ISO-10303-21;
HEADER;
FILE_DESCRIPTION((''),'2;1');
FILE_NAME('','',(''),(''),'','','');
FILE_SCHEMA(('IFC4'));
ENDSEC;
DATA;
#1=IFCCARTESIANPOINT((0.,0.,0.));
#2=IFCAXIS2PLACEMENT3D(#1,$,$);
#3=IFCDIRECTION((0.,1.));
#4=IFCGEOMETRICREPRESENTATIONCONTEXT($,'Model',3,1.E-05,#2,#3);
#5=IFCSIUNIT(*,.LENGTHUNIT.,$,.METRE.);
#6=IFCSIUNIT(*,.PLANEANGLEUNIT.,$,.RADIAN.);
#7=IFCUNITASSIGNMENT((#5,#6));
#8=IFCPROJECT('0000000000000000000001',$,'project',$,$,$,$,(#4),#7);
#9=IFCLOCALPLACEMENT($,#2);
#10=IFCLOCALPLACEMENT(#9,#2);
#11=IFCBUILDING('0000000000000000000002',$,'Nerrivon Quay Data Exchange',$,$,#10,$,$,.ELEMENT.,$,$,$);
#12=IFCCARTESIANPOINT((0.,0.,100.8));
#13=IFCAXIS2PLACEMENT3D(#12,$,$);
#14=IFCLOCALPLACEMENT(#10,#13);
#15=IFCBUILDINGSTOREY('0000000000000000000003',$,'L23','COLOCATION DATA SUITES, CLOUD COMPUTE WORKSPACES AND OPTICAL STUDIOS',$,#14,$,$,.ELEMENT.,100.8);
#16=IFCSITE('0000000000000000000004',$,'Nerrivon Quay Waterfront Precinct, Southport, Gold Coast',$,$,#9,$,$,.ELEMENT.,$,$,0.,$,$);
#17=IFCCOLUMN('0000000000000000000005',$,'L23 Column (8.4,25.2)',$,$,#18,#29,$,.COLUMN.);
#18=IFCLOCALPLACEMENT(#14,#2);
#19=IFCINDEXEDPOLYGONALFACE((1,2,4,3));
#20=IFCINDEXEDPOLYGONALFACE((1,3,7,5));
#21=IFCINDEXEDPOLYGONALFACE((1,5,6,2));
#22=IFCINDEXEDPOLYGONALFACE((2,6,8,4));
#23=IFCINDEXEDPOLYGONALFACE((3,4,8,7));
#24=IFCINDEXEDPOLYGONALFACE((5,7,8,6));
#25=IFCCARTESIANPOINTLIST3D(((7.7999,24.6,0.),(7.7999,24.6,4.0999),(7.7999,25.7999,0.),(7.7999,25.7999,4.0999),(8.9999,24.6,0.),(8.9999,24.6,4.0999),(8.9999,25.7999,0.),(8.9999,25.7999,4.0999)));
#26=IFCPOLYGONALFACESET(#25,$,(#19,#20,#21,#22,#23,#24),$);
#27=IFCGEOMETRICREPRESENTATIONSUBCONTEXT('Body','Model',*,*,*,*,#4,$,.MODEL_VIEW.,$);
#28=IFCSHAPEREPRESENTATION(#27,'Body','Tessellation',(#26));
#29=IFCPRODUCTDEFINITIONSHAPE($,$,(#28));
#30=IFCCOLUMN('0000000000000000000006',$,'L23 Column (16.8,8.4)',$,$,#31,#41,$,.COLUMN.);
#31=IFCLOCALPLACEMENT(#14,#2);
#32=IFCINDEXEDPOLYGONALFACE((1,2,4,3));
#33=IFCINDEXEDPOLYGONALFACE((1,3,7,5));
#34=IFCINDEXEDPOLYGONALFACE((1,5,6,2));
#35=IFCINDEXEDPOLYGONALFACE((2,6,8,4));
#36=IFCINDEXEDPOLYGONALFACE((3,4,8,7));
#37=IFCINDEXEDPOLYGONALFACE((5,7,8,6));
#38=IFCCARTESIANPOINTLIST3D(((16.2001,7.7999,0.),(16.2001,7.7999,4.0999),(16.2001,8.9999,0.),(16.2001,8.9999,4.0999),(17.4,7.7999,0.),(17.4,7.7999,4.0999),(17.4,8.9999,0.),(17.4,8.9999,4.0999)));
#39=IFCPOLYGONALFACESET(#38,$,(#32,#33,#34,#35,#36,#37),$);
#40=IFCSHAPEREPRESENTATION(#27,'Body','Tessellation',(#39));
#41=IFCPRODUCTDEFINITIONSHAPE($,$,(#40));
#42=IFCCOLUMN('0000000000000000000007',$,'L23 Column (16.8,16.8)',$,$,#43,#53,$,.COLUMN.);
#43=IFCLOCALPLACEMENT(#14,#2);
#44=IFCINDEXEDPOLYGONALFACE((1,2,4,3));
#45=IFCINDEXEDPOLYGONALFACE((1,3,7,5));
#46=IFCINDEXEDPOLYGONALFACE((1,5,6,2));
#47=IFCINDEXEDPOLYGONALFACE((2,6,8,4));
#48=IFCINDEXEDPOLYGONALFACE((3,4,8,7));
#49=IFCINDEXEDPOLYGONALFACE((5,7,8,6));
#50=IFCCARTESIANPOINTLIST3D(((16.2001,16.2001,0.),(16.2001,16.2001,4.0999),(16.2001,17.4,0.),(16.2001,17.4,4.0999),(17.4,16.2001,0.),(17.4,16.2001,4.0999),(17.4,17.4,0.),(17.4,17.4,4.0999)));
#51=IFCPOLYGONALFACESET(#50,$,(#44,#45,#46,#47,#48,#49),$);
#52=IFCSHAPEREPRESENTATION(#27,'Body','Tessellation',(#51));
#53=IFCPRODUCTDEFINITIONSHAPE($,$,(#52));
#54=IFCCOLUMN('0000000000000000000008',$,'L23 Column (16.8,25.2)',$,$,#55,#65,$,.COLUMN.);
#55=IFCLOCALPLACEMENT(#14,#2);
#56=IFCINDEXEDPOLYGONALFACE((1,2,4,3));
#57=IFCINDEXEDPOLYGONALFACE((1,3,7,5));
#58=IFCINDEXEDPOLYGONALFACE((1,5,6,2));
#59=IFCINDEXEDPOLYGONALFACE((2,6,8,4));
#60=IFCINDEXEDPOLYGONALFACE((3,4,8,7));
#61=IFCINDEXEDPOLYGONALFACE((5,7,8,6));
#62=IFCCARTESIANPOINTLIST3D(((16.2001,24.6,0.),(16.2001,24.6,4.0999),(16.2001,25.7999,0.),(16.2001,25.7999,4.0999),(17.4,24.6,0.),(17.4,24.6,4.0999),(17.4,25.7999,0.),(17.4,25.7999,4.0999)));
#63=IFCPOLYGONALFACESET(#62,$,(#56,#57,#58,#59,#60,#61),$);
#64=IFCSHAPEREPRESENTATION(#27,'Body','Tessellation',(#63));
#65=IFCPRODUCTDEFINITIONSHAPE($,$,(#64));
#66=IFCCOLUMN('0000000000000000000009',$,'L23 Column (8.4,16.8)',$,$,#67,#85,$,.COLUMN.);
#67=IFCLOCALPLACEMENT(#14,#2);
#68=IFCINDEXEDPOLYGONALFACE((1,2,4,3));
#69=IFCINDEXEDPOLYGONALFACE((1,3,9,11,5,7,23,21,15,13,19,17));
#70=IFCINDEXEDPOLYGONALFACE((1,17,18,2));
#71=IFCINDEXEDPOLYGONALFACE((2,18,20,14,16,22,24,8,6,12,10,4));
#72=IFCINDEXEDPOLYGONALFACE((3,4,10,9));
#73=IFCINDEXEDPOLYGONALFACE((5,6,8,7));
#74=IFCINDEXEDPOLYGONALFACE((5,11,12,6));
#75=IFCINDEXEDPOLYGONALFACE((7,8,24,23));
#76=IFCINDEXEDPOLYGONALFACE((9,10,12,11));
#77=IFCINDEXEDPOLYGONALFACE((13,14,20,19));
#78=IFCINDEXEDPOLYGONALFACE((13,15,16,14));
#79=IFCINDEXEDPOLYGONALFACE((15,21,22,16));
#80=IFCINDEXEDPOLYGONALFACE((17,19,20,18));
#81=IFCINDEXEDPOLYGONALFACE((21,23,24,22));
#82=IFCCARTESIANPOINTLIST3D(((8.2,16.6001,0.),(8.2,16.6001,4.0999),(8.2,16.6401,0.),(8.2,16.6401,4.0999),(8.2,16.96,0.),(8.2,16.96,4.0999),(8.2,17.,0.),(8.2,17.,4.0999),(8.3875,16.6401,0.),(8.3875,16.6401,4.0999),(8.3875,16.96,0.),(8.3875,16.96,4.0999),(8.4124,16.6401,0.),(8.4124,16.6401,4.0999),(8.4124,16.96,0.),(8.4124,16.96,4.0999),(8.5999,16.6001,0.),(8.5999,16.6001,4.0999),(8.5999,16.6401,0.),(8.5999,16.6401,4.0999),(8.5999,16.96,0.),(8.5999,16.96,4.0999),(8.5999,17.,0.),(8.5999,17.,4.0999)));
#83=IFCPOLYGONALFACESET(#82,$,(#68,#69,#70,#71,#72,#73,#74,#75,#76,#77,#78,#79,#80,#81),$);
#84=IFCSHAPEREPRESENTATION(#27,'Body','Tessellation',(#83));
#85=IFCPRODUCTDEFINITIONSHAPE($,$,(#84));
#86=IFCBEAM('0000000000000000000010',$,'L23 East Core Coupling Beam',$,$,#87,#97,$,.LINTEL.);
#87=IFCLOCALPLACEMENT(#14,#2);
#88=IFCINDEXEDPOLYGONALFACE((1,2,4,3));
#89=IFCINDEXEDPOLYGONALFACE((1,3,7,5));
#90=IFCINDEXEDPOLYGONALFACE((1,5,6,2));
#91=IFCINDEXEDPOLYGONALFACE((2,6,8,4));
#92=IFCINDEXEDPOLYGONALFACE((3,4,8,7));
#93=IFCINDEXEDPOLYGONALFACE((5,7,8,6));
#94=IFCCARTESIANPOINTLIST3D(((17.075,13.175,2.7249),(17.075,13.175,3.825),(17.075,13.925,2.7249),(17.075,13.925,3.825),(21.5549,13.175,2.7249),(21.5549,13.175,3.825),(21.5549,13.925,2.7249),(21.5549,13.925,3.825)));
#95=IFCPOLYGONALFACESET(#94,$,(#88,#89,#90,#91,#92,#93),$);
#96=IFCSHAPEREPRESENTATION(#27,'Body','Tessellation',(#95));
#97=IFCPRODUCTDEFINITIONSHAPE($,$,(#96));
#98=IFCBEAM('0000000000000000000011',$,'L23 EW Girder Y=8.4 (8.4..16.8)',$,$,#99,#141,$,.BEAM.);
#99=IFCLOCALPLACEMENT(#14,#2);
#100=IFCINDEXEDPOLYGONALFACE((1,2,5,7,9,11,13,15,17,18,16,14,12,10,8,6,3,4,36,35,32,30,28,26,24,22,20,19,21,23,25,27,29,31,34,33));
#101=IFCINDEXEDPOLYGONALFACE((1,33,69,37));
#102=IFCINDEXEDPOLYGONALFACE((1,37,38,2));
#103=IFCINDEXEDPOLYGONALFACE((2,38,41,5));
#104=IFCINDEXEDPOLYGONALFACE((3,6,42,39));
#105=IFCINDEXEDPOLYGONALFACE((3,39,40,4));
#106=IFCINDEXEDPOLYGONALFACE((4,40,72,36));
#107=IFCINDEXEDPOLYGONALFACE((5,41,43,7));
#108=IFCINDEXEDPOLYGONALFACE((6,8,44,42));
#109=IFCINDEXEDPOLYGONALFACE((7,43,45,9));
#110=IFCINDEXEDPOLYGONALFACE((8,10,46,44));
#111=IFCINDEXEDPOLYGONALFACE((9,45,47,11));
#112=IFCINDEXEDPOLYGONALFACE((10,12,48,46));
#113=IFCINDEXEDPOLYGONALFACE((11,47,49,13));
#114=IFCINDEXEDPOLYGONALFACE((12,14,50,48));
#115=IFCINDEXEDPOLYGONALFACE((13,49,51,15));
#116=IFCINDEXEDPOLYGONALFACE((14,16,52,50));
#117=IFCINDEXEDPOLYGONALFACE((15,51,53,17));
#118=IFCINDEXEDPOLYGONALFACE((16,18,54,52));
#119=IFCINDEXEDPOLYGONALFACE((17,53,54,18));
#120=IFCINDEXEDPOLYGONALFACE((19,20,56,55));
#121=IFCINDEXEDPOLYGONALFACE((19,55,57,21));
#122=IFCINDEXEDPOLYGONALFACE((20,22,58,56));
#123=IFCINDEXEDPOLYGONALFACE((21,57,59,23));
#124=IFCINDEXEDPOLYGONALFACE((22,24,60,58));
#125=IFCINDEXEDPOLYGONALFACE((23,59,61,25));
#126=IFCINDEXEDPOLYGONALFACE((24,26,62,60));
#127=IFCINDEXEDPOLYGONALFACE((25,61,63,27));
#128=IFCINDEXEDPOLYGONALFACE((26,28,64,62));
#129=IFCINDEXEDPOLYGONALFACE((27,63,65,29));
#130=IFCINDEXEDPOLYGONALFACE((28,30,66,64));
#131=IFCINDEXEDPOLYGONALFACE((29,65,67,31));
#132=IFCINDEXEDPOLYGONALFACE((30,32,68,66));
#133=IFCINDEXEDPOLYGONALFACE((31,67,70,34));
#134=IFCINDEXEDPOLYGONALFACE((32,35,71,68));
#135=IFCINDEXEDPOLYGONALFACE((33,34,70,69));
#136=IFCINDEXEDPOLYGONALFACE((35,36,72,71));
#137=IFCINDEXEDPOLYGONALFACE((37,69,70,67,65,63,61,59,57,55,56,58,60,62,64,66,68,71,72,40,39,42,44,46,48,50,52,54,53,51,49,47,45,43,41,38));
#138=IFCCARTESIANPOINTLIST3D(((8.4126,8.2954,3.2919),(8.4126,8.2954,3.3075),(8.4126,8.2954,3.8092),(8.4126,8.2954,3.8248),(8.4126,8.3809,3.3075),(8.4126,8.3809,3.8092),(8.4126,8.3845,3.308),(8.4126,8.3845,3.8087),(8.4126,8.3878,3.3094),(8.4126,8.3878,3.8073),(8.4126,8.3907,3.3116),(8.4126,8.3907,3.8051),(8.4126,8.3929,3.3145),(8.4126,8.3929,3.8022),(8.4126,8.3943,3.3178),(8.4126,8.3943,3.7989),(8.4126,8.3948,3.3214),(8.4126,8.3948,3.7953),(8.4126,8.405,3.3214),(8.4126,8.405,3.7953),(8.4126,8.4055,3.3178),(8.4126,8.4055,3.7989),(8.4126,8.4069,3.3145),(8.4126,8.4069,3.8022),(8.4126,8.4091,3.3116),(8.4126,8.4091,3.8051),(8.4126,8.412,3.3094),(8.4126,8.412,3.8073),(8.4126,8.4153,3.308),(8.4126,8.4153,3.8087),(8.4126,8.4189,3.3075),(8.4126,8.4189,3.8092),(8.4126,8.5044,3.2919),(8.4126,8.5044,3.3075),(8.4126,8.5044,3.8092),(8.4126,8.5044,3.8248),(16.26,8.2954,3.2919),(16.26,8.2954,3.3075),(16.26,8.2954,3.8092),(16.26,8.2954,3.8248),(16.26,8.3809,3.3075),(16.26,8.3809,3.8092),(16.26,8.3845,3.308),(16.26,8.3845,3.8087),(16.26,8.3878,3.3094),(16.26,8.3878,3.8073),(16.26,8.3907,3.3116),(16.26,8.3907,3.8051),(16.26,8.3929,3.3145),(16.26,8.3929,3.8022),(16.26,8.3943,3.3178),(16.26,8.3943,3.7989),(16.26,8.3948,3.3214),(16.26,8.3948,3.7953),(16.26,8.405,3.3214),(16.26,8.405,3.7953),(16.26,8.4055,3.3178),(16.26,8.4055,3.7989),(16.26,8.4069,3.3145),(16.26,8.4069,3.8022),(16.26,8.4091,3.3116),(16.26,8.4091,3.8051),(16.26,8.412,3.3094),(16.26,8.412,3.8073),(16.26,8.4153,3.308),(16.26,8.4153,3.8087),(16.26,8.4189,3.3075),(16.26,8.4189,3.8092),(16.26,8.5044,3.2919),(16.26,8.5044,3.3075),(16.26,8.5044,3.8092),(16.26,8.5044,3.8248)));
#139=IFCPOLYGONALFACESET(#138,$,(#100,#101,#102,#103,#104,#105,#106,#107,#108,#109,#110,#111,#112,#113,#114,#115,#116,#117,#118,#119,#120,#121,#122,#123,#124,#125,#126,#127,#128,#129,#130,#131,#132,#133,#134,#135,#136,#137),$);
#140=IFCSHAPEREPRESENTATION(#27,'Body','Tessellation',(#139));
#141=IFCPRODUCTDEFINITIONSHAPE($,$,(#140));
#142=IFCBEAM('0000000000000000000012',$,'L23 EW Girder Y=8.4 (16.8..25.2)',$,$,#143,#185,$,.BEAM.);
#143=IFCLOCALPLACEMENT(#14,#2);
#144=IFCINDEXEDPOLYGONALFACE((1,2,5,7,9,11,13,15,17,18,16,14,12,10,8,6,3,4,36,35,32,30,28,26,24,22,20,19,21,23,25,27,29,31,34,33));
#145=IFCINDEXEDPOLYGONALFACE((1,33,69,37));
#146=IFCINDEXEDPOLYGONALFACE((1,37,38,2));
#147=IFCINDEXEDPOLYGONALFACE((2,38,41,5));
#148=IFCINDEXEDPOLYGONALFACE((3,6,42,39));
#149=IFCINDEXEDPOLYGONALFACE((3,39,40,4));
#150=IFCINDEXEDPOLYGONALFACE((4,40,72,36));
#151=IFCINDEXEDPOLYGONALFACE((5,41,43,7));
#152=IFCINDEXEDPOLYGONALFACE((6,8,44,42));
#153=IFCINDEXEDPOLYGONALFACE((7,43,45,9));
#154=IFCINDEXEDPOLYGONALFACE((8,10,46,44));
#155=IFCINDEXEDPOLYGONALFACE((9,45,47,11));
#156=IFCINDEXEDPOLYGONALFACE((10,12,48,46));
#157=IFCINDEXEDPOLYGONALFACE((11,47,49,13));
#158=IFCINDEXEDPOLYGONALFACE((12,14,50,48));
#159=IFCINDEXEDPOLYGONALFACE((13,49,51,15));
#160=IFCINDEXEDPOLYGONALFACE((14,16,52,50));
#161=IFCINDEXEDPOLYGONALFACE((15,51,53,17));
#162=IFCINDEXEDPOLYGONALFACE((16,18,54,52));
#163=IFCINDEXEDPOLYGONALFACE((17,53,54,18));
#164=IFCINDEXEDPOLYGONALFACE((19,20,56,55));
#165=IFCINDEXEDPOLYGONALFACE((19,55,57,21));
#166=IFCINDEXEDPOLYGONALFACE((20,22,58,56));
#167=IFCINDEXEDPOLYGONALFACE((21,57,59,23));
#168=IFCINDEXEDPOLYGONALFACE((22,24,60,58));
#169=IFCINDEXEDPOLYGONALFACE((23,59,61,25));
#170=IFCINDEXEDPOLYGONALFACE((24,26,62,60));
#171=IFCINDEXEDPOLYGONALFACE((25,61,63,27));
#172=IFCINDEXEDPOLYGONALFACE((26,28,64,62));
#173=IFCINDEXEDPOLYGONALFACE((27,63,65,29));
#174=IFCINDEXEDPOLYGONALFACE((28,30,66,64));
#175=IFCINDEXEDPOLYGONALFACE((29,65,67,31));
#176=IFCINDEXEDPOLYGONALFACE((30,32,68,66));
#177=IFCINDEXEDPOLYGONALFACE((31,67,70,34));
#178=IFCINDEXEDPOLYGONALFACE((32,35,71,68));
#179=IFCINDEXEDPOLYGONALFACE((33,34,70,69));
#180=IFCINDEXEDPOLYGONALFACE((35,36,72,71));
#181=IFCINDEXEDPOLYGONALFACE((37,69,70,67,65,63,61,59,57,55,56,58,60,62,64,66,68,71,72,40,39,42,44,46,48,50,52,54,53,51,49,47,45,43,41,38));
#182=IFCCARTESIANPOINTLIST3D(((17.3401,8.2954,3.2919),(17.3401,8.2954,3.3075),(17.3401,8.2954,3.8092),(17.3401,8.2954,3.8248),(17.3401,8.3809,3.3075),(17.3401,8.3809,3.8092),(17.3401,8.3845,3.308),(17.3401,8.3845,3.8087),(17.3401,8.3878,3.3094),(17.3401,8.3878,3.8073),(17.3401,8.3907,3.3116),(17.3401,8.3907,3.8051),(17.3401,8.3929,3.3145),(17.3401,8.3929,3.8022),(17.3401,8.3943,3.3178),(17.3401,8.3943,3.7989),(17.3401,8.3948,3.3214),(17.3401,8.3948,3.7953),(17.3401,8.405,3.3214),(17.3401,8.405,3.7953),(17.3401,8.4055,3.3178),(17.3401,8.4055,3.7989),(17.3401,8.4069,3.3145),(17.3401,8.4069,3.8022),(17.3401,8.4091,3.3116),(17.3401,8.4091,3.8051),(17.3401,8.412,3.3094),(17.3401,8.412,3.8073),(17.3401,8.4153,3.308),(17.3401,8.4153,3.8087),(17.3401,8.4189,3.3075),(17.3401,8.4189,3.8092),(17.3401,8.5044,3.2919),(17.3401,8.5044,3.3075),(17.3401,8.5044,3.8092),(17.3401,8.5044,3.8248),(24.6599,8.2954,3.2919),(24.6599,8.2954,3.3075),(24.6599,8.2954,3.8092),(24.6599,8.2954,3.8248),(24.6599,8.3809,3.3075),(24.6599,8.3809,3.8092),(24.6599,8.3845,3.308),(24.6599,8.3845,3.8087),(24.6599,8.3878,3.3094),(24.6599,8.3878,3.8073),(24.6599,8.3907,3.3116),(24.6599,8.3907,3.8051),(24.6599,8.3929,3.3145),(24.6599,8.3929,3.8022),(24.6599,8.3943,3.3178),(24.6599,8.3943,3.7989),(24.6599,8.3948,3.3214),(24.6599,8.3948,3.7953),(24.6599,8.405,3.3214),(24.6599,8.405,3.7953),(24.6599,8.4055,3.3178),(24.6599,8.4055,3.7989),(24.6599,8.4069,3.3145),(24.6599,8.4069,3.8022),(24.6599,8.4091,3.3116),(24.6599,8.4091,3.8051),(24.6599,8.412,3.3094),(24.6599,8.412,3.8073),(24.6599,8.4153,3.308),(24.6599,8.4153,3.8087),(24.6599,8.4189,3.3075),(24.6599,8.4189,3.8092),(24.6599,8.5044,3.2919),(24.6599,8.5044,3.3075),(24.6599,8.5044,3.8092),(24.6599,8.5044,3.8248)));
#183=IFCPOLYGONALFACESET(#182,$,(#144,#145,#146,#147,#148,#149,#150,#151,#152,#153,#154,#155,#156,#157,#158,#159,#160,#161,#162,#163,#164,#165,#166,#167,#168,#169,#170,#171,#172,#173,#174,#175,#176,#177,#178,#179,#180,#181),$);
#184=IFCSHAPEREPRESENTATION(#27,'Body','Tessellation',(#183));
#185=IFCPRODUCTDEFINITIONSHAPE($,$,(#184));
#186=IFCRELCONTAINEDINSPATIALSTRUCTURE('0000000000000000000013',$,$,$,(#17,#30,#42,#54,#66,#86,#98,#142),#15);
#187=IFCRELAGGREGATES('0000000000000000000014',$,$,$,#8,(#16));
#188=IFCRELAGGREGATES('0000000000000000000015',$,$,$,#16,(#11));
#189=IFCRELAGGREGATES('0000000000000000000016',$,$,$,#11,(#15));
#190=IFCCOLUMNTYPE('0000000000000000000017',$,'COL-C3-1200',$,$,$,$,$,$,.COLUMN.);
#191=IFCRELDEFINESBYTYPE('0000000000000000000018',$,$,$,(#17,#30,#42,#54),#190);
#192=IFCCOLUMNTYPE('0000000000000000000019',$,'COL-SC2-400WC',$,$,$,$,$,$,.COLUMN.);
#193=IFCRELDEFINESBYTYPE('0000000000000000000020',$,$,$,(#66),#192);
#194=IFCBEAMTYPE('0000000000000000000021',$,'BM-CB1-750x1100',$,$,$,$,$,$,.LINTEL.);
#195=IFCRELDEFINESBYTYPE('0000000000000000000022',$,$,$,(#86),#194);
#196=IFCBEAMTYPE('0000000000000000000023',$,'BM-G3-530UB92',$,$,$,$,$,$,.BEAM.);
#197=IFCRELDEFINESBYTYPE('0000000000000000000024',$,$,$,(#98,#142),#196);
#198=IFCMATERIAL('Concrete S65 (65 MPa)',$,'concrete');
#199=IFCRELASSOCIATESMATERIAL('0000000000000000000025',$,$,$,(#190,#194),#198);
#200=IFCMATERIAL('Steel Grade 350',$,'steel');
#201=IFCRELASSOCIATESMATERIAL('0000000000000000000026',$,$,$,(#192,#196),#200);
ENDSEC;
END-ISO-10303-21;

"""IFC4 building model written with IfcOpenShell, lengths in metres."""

from ifc_helpers import new_model, si_unit, direction, frame, origin, origin_2d, place, context, subcontext, project, spatial, rectangle, i_section, extrude, material, material_profile, profile_set, type_object, element, save


model = new_model("IFC4")

# Units and contexts
model_context = context("Model", 3, precision=1e-05, world=origin(), true_north=direction((0.0, 1.0)))
body_context = subcontext(model_context, "Body", "Model", "MODEL_VIEW")
ifc_project = project(units=[si_unit("LENGTHUNIT", "METRE"), si_unit("PLANEANGLEUNIT", "RADIAN")], contexts=[model_context])

# Site, building, storey
site_placement = place(None, origin())
site = spatial("IfcSite", under=ifc_project, at=site_placement, Name="Nerrivon Quay Waterfront Precinct, Southport, Gold Coast", CompositionType="ELEMENT", RefElevation=0.0)
building_placement = place(site_placement, origin())
building = spatial("IfcBuilding", under=site, at=building_placement, Name="Nerrivon Quay Data Exchange", CompositionType="ELEMENT")
storey_placement = place(building_placement, frame((0.0, 0.0, 100.8)))
storey = spatial("IfcBuildingStorey", under=building, at=storey_placement, Name="L23", Description="COLOCATION DATA SUITES, CLOUD COMPUTE WORKSPACES AND OPTICAL STUDIOS", CompositionType="ELEMENT", Elevation=100.8)

# Columns
ifc_material_1 = material(Name="Concrete S65 (65 MPa)", Category="concrete")
ifc_material_profile_1 = material_profile(ifc_material_1, rectangle(XDim=1.2, YDim=1.2, at=origin_2d()), Name="RC-COL-1200x1200")
ifc_profile_set_1 = profile_set([ifc_material_profile_1], Name="Concrete S65 (65 MPa)")
column_type_1 = type_object("IfcColumnType", Name="COL-C3-1200", PredefinedType="COLUMN", material=ifc_profile_set_1)
for number, where, z_axis, x_axis, name in (
    (1, (8.3999, 25.2, 0.0), (0.0, 0.0, 1.0), (1.0, 0.0, 0.0), "L23 Column (8.4,25.2)"),
    (2, (16.8, 8.3999, 0.0), (0.0, 0.0, 1.0), (1.0, 0.0, 0.0), "L23 Column (16.8,8.4)"),
    (3, (16.8, 16.8, 0.0), (0.0, 0.0, 1.0), (1.0, 0.0, 0.0), "L23 Column (16.8,16.8)"),
    (4, (16.8, 25.2, 0.0), (0.0, 0.0, 1.0), (1.0, 0.0, 0.0), "L23 Column (16.8,25.2)"),
):
    element("IfcColumn", number, at=place(storey_placement, frame(where, z_axis=z_axis, x_axis=x_axis)), inside=storey, type_object=column_type_1, Name=name, PredefinedType="COLUMN", context=body_context, shape_type="SweptSolid", body=[
        extrude(rectangle(XDim=1.2, YDim=1.2, at=origin_2d()), origin(), (0.0, 0.0, 1.0), 4.0999),
    ])
ifc_material_2 = material(Name="Steel Grade 350", Category="steel")
ifc_material_profile_2 = material_profile(ifc_material_2, i_section(OverallWidth=0.3999, OverallDepth=0.3999, WebThickness=0.0249, FlangeThickness=0.04, at=origin_2d()), Name="400WC328")
ifc_profile_set_2 = profile_set([ifc_material_profile_2], Name="Steel Grade 350")
column_type_2 = type_object("IfcColumnType", Name="COL-SC2-400WC", PredefinedType="COLUMN", material=ifc_profile_set_2)
column_placement = place(storey_placement, frame((8.3999, 16.8, 0.0), z_axis=(0.0, 0.0, 1.0), x_axis=(1.0, 0.0, 0.0)))
element("IfcColumn", 5, at=column_placement, inside=storey, type_object=column_type_2, Name="L23 Column (8.4,16.8)", PredefinedType="COLUMN", context=body_context, shape_type="SweptSolid", body=[
    extrude(i_section(OverallWidth=0.3999, OverallDepth=0.3999, WebThickness=0.0249, FlangeThickness=0.04, at=origin_2d()), origin(), (0.0, 0.0, 1.0), 4.0999),
])

# Beams
ifc_material_profile_3 = material_profile(ifc_material_1, rectangle(XDim=0.75, YDim=1.1001, at=origin_2d()), Name="RC-CB-750x1100")
ifc_profile_set_3 = profile_set([ifc_material_profile_3], Name="Concrete S65 (65 MPa)")
beam_type_1 = type_object("IfcBeamType", Name="BM-CB1-750x1100", PredefinedType="LINTEL", material=ifc_profile_set_3)
beam_1_placement = place(storey_placement, frame((17.075, 13.55, 3.2749), z_axis=(1.0, 0.0, 0.0), x_axis=(0.0, 1.0, 0.0)))
element("IfcBeam", 6, at=beam_1_placement, inside=storey, type_object=beam_type_1, Name="L23 East Core Coupling Beam", PredefinedType="LINTEL", context=body_context, shape_type="SweptSolid", body=[
    extrude(rectangle(XDim=0.75, YDim=1.1001, at=origin_2d()), origin(), (0.0, 0.0, 1.0), 4.48),
])
ifc_material_profile_4 = material_profile(ifc_material_2, i_section(OverallWidth=0.209, OverallDepth=0.533, WebThickness=0.0103, FlangeThickness=0.0156, FilletRadius=0.0139, at=origin_2d()), Name="530UB92.4")
ifc_profile_set_4 = profile_set([ifc_material_profile_4], Name="Steel Grade 350")
beam_type_2 = type_object("IfcBeamType", Name="BM-G3-530UB92", PredefinedType="BEAM", material=ifc_profile_set_4)
beam_2_placement = place(storey_placement, frame((8.4126, 8.3999, 3.5583), z_axis=(1.0, 0.0, 0.0), x_axis=(0.0, 1.0, 0.0)))
element("IfcBeam", 7, at=beam_2_placement, inside=storey, type_object=beam_type_2, Name="L23 EW Girder Y=8.4 (8.4..16.8)", PredefinedType="BEAM", context=body_context, shape_type="SweptSolid", body=[
    extrude(i_section(OverallWidth=0.209, OverallDepth=0.533, WebThickness=0.0103, FlangeThickness=0.0156, FilletRadius=0.0139, at=origin_2d()), origin(), (0.0, 0.0, 1.0), 7.8474),
])
beam_3_placement = place(storey_placement, frame((17.3401, 8.3999, 3.5583), z_axis=(1.0, 0.0, 0.0), x_axis=(0.0, 1.0, 0.0)))
element("IfcBeam", 8, at=beam_3_placement, inside=storey, type_object=beam_type_2, Name="L23 EW Girder Y=8.4 (16.8..25.2)", PredefinedType="BEAM", context=body_context, shape_type="SweptSolid", body=[
    extrude(i_section(OverallWidth=0.209, OverallDepth=0.533, WebThickness=0.0103, FlangeThickness=0.0156, FilletRadius=0.0139, at=origin_2d()), origin(), (0.0, 0.0, 1.0), 7.3198),
])

save(model, "model.ifc")
